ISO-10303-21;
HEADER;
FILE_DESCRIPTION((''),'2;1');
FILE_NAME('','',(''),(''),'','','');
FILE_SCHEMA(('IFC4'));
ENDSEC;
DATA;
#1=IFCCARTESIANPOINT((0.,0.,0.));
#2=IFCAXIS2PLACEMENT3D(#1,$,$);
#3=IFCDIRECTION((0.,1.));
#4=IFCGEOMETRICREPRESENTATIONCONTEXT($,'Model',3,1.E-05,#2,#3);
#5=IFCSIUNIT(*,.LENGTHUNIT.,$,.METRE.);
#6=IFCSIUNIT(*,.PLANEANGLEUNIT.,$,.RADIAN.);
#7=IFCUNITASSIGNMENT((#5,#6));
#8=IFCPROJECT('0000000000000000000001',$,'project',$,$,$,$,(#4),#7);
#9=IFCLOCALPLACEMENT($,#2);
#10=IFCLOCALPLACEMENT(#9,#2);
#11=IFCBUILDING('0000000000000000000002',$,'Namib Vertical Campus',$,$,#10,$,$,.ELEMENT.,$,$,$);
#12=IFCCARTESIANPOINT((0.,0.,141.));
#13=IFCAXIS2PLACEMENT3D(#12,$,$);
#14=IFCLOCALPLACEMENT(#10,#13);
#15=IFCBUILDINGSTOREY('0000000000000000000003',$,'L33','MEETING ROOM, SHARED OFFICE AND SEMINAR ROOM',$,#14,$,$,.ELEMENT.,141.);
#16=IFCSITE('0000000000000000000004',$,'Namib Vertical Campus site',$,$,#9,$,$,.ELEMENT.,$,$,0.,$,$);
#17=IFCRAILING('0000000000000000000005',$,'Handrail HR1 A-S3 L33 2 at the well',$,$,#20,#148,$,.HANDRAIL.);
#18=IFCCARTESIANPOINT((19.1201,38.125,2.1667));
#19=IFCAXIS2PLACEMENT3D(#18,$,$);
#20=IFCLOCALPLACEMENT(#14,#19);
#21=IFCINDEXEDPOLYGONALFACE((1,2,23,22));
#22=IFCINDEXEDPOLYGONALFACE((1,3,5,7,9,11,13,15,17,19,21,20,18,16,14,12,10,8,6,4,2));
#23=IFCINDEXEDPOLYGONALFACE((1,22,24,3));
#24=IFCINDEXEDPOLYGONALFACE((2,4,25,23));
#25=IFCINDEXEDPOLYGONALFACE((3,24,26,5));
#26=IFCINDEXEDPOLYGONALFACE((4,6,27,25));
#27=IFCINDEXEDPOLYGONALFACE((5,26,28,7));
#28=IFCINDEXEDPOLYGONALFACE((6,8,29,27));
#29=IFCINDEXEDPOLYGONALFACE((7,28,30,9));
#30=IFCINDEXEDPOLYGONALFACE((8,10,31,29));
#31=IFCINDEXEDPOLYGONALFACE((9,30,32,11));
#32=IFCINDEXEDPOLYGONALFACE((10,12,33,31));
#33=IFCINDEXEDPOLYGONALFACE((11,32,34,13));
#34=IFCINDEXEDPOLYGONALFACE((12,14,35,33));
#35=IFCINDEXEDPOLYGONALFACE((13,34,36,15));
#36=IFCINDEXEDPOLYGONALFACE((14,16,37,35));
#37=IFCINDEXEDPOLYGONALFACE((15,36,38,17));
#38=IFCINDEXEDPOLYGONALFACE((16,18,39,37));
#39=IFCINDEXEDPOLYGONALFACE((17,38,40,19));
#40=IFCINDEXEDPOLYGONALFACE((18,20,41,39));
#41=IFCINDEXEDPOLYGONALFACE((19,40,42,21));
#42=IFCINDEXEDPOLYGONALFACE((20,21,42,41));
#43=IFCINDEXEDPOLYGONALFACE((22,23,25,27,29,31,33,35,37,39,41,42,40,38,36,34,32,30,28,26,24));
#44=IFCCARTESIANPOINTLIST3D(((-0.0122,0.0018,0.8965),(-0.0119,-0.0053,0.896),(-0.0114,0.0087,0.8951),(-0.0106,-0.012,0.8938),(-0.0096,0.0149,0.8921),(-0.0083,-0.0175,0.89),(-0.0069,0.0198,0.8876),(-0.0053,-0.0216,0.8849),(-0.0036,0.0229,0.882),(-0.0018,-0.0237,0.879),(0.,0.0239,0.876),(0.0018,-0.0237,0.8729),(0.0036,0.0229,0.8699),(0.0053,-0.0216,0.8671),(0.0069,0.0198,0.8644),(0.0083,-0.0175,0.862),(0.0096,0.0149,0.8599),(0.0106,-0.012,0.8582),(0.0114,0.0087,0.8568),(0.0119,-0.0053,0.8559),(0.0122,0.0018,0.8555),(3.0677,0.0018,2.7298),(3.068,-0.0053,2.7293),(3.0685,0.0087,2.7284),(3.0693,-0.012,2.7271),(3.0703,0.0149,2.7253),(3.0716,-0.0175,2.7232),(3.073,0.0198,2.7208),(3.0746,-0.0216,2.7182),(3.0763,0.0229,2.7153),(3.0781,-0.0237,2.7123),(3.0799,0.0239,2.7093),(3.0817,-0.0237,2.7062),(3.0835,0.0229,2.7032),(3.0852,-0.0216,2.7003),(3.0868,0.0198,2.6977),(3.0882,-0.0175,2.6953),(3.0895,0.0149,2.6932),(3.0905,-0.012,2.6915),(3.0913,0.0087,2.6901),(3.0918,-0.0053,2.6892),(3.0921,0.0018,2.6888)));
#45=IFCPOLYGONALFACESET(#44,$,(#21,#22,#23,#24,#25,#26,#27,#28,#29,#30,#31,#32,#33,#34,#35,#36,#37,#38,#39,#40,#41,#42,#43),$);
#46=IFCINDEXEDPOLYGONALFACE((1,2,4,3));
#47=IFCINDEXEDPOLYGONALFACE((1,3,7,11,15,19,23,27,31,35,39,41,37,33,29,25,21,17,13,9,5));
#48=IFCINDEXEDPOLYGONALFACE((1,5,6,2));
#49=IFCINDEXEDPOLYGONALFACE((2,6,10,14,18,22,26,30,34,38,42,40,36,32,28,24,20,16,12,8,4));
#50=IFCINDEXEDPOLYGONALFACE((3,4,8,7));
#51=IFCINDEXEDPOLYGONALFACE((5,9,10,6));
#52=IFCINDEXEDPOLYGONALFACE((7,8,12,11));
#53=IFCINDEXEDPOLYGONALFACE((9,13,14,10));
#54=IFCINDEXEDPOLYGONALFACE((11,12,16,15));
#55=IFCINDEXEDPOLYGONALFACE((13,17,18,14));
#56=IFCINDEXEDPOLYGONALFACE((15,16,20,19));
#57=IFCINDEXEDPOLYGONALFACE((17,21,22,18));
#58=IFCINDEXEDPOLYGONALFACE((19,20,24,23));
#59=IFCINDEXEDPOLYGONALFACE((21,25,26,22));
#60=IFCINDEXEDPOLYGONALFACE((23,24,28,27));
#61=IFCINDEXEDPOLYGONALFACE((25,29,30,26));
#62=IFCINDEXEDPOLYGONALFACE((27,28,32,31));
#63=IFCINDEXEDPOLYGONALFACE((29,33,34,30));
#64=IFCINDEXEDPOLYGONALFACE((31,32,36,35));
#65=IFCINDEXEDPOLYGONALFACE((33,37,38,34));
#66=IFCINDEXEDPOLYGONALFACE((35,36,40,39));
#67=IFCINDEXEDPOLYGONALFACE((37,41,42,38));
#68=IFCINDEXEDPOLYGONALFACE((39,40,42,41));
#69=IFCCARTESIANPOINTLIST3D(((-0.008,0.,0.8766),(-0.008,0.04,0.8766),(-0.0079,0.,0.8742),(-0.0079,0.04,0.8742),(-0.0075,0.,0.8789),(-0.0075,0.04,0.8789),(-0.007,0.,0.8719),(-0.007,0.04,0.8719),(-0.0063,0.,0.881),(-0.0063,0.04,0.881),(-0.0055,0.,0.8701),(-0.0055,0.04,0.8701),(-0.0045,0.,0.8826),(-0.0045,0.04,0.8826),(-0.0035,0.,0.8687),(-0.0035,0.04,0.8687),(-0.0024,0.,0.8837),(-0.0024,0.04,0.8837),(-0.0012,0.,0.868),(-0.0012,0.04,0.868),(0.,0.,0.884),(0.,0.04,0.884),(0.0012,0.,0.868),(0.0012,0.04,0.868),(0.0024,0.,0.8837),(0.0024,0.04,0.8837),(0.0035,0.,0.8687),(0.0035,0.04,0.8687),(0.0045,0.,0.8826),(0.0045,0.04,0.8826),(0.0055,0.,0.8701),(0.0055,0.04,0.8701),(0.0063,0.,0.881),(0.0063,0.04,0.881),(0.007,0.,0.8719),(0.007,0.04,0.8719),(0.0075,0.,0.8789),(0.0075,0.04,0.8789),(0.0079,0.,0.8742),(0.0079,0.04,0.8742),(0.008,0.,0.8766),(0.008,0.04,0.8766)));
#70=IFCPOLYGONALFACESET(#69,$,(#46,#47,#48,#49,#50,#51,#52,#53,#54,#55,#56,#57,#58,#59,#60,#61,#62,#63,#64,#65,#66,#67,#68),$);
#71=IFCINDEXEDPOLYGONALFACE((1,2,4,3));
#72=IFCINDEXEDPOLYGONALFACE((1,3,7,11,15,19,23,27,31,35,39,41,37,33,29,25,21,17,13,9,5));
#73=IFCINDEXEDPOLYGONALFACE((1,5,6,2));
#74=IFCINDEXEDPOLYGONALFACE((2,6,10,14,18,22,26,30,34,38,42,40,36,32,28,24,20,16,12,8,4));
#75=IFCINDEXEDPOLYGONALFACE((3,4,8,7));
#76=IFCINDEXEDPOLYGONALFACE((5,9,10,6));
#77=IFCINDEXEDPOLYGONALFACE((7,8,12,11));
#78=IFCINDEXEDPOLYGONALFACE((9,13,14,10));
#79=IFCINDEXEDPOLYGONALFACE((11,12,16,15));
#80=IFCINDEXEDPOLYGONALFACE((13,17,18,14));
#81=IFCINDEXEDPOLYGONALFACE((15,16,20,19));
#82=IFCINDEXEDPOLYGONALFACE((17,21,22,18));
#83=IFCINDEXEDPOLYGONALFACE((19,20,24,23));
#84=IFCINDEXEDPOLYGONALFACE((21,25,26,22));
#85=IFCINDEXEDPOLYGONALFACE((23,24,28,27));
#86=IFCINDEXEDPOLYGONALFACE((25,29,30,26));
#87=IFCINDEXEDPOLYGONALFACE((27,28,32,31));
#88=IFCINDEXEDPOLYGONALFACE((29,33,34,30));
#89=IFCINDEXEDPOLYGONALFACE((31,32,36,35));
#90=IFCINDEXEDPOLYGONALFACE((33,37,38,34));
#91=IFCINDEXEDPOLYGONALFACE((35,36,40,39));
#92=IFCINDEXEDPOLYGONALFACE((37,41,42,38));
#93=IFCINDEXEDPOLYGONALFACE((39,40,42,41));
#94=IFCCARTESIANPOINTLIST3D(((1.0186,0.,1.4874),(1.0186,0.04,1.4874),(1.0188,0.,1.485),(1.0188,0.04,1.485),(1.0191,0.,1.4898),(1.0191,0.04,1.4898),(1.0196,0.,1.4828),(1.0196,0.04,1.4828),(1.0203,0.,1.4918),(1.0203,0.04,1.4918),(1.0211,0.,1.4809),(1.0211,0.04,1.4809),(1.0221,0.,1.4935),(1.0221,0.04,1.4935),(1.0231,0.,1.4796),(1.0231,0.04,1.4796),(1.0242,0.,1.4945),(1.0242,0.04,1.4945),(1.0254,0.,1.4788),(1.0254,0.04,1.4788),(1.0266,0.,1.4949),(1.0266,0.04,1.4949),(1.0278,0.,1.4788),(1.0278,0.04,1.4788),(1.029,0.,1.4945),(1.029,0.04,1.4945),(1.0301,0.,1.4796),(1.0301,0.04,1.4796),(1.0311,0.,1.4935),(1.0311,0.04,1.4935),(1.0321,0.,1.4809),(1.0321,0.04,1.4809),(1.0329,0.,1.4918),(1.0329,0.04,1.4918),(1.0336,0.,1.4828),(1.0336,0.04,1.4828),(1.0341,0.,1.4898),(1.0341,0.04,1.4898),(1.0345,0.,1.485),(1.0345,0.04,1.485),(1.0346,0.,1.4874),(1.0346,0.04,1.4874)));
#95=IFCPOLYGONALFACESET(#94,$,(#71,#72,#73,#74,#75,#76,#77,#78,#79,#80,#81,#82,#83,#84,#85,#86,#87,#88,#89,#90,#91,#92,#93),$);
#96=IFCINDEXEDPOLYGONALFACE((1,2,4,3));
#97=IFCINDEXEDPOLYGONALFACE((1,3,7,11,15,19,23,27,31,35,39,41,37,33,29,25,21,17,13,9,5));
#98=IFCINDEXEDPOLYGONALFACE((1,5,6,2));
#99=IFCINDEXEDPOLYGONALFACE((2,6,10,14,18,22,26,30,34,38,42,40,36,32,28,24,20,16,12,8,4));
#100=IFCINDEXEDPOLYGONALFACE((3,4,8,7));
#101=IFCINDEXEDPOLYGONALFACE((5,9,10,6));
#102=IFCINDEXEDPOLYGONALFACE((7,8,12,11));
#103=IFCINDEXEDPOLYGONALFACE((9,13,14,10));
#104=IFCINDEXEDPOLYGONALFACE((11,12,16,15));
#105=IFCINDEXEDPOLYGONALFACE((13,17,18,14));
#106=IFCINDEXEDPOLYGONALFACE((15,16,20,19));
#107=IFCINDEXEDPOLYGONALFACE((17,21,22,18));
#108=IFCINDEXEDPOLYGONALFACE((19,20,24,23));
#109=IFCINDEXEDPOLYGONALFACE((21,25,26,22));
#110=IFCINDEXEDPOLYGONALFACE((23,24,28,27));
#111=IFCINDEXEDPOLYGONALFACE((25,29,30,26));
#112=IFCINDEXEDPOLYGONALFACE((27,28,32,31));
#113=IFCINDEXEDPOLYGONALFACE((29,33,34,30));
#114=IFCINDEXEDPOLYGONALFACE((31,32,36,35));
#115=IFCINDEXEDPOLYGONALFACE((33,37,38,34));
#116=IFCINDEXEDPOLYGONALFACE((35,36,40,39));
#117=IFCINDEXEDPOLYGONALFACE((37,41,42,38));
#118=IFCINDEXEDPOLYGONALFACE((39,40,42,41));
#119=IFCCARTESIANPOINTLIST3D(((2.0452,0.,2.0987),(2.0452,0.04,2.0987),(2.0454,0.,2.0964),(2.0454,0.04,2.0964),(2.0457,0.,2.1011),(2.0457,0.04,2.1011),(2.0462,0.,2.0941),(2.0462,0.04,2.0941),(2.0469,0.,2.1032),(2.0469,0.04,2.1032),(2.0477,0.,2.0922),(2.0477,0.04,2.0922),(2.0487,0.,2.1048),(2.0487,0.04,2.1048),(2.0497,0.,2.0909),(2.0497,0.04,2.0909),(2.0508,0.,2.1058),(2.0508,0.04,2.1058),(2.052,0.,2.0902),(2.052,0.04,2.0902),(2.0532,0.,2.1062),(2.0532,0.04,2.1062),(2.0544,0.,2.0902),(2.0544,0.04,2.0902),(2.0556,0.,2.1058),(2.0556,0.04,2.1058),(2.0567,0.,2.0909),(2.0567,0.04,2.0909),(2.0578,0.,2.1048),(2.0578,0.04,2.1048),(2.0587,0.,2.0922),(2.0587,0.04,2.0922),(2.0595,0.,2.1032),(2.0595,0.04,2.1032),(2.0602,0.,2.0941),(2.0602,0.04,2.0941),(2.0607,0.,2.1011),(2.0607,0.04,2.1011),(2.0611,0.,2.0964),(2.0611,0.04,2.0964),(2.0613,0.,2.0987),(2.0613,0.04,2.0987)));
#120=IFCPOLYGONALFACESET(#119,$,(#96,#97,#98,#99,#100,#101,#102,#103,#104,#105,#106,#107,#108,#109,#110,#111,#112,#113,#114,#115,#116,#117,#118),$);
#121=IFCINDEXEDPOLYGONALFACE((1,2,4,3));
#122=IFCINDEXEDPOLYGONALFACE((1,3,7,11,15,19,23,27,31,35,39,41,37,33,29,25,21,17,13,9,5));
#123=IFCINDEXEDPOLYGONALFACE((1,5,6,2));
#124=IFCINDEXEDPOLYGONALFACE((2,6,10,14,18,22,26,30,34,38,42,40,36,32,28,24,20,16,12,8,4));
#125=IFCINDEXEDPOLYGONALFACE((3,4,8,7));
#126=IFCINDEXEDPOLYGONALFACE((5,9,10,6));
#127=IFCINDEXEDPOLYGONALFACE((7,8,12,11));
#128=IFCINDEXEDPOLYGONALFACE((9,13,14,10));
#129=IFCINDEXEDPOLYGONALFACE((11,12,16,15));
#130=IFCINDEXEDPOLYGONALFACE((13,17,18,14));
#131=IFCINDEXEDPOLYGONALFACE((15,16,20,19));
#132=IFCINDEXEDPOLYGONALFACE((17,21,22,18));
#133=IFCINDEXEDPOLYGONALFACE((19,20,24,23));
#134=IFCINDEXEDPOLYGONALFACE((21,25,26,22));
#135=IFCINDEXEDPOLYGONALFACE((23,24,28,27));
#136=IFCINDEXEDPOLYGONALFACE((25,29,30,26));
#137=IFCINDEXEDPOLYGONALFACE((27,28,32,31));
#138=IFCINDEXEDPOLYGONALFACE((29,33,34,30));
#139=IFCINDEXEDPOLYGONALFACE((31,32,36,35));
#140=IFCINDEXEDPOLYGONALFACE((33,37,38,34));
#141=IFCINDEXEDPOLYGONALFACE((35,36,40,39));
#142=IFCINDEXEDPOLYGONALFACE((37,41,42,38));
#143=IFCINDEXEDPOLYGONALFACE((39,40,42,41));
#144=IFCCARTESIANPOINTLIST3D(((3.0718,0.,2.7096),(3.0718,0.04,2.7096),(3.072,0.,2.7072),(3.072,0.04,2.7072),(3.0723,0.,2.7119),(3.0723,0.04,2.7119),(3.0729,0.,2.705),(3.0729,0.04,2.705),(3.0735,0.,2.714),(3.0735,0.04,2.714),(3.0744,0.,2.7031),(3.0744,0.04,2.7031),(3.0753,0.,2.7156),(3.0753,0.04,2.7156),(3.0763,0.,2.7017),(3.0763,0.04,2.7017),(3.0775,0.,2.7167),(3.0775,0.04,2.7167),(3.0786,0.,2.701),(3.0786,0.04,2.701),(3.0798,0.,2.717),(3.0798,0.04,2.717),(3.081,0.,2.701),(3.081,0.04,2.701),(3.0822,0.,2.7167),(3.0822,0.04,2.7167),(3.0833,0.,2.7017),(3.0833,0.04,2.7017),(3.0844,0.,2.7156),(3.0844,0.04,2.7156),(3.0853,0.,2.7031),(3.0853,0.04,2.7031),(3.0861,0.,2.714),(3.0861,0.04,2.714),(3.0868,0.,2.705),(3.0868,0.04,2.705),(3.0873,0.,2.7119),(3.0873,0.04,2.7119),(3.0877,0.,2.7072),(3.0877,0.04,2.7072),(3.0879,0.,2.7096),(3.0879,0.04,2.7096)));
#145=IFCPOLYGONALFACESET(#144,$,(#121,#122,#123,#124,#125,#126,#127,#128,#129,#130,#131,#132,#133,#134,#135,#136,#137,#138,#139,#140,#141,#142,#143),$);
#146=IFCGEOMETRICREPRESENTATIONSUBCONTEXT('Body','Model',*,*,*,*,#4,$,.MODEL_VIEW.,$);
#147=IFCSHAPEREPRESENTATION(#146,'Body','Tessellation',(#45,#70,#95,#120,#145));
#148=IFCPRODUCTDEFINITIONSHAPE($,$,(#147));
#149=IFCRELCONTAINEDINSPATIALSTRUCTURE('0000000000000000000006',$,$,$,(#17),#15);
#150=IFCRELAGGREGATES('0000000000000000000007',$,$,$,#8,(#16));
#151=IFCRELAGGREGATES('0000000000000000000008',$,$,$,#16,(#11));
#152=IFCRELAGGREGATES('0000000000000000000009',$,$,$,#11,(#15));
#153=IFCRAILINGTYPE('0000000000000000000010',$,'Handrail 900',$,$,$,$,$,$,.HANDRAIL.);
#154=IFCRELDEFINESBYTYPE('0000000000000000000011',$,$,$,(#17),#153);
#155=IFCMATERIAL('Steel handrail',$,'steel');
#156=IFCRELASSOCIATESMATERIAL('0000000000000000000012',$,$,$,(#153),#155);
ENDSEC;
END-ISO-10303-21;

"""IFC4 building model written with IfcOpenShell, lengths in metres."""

from ifc_helpers import new_model, si_unit, direction, frame, origin, origin_2d, place, context, subcontext, project, spatial, circle, extrude, material, type_object, element, save


model = new_model("IFC4")

# Units and contexts
model_context = context("Model", 3, precision=1e-05, world=origin(), true_north=direction((0.0, 1.0)))
body_context = subcontext(model_context, "Body", "Model", "MODEL_VIEW")
ifc_project = project(units=[si_unit("LENGTHUNIT", "METRE"), si_unit("PLANEANGLEUNIT", "RADIAN")], contexts=[model_context])

# Site, building, storey
site_placement = place(None, origin())
site = spatial("IfcSite", under=ifc_project, at=site_placement, Name="Namib Vertical Campus site", CompositionType="ELEMENT", RefElevation=0.0)
building_placement = place(site_placement, origin())
building = spatial("IfcBuilding", under=site, at=building_placement, Name="Namib Vertical Campus", CompositionType="ELEMENT")
storey_placement = place(building_placement, frame((0.0, 0.0, 141.0)))
storey = spatial("IfcBuildingStorey", under=building, at=storey_placement, Name="L33", Description="MEETING ROOM, SHARED OFFICE AND SEMINAR ROOM", CompositionType="ELEMENT", Elevation=141.0)

# Railing
ifc_material_1 = material(Name="Steel handrail", Category="steel")
railing_type_1 = type_object("IfcRailingType", Name="Handrail 900", PredefinedType="HANDRAIL", material=ifc_material_1)
railing_1_placement = place(storey_placement, frame((19.1201, 38.125, 2.1667)))
element("IfcRailing", 1, at=railing_1_placement, inside=storey, type_object=railing_type_1, Name="Handrail HR1 A-S3 L33 2 at the well", PredefinedType="HANDRAIL", context=body_context, shape_type="SweptSolid", body=[
    extrude(circle(Radius=0.0239, at=origin_2d()), frame((0.0, 0.0, 0.876), z_axis=(0.859291, 0.0, 0.511487), x_axis=(0.0, 1.0, 0.0)), (0.0, 0.0, 1.0), 3.5842),
    extrude(circle(Radius=0.0081, at=origin_2d()), frame((0.0, 0.0, 0.876), z_axis=(0.0, 1.0, 0.0), x_axis=(0.0, 0.0, 1.0)), (0.0, 0.0, 1.0), 0.04),
    extrude(circle(Radius=0.0081, at=origin_2d()), frame((1.0266, 0.0, 1.4868), z_axis=(0.0, 1.0, 0.0), x_axis=(0.0, 0.0, 1.0)), (0.0, 0.0, 1.0), 0.04),
    extrude(circle(Radius=0.0081, at=origin_2d()), frame((2.0532, 0.0, 2.0981), z_axis=(0.0, 1.0, 0.0), x_axis=(0.0, 0.0, 1.0)), (0.0, 0.0, 1.0), 0.04),
    extrude(circle(Radius=0.0081, at=origin_2d()), frame((3.0798, 0.0, 2.709), z_axis=(0.0, 1.0, 0.0), x_axis=(0.0, 0.0, 1.0)), (0.0, 0.0, 1.0), 0.04),
])

save(model, "model.ifc")
